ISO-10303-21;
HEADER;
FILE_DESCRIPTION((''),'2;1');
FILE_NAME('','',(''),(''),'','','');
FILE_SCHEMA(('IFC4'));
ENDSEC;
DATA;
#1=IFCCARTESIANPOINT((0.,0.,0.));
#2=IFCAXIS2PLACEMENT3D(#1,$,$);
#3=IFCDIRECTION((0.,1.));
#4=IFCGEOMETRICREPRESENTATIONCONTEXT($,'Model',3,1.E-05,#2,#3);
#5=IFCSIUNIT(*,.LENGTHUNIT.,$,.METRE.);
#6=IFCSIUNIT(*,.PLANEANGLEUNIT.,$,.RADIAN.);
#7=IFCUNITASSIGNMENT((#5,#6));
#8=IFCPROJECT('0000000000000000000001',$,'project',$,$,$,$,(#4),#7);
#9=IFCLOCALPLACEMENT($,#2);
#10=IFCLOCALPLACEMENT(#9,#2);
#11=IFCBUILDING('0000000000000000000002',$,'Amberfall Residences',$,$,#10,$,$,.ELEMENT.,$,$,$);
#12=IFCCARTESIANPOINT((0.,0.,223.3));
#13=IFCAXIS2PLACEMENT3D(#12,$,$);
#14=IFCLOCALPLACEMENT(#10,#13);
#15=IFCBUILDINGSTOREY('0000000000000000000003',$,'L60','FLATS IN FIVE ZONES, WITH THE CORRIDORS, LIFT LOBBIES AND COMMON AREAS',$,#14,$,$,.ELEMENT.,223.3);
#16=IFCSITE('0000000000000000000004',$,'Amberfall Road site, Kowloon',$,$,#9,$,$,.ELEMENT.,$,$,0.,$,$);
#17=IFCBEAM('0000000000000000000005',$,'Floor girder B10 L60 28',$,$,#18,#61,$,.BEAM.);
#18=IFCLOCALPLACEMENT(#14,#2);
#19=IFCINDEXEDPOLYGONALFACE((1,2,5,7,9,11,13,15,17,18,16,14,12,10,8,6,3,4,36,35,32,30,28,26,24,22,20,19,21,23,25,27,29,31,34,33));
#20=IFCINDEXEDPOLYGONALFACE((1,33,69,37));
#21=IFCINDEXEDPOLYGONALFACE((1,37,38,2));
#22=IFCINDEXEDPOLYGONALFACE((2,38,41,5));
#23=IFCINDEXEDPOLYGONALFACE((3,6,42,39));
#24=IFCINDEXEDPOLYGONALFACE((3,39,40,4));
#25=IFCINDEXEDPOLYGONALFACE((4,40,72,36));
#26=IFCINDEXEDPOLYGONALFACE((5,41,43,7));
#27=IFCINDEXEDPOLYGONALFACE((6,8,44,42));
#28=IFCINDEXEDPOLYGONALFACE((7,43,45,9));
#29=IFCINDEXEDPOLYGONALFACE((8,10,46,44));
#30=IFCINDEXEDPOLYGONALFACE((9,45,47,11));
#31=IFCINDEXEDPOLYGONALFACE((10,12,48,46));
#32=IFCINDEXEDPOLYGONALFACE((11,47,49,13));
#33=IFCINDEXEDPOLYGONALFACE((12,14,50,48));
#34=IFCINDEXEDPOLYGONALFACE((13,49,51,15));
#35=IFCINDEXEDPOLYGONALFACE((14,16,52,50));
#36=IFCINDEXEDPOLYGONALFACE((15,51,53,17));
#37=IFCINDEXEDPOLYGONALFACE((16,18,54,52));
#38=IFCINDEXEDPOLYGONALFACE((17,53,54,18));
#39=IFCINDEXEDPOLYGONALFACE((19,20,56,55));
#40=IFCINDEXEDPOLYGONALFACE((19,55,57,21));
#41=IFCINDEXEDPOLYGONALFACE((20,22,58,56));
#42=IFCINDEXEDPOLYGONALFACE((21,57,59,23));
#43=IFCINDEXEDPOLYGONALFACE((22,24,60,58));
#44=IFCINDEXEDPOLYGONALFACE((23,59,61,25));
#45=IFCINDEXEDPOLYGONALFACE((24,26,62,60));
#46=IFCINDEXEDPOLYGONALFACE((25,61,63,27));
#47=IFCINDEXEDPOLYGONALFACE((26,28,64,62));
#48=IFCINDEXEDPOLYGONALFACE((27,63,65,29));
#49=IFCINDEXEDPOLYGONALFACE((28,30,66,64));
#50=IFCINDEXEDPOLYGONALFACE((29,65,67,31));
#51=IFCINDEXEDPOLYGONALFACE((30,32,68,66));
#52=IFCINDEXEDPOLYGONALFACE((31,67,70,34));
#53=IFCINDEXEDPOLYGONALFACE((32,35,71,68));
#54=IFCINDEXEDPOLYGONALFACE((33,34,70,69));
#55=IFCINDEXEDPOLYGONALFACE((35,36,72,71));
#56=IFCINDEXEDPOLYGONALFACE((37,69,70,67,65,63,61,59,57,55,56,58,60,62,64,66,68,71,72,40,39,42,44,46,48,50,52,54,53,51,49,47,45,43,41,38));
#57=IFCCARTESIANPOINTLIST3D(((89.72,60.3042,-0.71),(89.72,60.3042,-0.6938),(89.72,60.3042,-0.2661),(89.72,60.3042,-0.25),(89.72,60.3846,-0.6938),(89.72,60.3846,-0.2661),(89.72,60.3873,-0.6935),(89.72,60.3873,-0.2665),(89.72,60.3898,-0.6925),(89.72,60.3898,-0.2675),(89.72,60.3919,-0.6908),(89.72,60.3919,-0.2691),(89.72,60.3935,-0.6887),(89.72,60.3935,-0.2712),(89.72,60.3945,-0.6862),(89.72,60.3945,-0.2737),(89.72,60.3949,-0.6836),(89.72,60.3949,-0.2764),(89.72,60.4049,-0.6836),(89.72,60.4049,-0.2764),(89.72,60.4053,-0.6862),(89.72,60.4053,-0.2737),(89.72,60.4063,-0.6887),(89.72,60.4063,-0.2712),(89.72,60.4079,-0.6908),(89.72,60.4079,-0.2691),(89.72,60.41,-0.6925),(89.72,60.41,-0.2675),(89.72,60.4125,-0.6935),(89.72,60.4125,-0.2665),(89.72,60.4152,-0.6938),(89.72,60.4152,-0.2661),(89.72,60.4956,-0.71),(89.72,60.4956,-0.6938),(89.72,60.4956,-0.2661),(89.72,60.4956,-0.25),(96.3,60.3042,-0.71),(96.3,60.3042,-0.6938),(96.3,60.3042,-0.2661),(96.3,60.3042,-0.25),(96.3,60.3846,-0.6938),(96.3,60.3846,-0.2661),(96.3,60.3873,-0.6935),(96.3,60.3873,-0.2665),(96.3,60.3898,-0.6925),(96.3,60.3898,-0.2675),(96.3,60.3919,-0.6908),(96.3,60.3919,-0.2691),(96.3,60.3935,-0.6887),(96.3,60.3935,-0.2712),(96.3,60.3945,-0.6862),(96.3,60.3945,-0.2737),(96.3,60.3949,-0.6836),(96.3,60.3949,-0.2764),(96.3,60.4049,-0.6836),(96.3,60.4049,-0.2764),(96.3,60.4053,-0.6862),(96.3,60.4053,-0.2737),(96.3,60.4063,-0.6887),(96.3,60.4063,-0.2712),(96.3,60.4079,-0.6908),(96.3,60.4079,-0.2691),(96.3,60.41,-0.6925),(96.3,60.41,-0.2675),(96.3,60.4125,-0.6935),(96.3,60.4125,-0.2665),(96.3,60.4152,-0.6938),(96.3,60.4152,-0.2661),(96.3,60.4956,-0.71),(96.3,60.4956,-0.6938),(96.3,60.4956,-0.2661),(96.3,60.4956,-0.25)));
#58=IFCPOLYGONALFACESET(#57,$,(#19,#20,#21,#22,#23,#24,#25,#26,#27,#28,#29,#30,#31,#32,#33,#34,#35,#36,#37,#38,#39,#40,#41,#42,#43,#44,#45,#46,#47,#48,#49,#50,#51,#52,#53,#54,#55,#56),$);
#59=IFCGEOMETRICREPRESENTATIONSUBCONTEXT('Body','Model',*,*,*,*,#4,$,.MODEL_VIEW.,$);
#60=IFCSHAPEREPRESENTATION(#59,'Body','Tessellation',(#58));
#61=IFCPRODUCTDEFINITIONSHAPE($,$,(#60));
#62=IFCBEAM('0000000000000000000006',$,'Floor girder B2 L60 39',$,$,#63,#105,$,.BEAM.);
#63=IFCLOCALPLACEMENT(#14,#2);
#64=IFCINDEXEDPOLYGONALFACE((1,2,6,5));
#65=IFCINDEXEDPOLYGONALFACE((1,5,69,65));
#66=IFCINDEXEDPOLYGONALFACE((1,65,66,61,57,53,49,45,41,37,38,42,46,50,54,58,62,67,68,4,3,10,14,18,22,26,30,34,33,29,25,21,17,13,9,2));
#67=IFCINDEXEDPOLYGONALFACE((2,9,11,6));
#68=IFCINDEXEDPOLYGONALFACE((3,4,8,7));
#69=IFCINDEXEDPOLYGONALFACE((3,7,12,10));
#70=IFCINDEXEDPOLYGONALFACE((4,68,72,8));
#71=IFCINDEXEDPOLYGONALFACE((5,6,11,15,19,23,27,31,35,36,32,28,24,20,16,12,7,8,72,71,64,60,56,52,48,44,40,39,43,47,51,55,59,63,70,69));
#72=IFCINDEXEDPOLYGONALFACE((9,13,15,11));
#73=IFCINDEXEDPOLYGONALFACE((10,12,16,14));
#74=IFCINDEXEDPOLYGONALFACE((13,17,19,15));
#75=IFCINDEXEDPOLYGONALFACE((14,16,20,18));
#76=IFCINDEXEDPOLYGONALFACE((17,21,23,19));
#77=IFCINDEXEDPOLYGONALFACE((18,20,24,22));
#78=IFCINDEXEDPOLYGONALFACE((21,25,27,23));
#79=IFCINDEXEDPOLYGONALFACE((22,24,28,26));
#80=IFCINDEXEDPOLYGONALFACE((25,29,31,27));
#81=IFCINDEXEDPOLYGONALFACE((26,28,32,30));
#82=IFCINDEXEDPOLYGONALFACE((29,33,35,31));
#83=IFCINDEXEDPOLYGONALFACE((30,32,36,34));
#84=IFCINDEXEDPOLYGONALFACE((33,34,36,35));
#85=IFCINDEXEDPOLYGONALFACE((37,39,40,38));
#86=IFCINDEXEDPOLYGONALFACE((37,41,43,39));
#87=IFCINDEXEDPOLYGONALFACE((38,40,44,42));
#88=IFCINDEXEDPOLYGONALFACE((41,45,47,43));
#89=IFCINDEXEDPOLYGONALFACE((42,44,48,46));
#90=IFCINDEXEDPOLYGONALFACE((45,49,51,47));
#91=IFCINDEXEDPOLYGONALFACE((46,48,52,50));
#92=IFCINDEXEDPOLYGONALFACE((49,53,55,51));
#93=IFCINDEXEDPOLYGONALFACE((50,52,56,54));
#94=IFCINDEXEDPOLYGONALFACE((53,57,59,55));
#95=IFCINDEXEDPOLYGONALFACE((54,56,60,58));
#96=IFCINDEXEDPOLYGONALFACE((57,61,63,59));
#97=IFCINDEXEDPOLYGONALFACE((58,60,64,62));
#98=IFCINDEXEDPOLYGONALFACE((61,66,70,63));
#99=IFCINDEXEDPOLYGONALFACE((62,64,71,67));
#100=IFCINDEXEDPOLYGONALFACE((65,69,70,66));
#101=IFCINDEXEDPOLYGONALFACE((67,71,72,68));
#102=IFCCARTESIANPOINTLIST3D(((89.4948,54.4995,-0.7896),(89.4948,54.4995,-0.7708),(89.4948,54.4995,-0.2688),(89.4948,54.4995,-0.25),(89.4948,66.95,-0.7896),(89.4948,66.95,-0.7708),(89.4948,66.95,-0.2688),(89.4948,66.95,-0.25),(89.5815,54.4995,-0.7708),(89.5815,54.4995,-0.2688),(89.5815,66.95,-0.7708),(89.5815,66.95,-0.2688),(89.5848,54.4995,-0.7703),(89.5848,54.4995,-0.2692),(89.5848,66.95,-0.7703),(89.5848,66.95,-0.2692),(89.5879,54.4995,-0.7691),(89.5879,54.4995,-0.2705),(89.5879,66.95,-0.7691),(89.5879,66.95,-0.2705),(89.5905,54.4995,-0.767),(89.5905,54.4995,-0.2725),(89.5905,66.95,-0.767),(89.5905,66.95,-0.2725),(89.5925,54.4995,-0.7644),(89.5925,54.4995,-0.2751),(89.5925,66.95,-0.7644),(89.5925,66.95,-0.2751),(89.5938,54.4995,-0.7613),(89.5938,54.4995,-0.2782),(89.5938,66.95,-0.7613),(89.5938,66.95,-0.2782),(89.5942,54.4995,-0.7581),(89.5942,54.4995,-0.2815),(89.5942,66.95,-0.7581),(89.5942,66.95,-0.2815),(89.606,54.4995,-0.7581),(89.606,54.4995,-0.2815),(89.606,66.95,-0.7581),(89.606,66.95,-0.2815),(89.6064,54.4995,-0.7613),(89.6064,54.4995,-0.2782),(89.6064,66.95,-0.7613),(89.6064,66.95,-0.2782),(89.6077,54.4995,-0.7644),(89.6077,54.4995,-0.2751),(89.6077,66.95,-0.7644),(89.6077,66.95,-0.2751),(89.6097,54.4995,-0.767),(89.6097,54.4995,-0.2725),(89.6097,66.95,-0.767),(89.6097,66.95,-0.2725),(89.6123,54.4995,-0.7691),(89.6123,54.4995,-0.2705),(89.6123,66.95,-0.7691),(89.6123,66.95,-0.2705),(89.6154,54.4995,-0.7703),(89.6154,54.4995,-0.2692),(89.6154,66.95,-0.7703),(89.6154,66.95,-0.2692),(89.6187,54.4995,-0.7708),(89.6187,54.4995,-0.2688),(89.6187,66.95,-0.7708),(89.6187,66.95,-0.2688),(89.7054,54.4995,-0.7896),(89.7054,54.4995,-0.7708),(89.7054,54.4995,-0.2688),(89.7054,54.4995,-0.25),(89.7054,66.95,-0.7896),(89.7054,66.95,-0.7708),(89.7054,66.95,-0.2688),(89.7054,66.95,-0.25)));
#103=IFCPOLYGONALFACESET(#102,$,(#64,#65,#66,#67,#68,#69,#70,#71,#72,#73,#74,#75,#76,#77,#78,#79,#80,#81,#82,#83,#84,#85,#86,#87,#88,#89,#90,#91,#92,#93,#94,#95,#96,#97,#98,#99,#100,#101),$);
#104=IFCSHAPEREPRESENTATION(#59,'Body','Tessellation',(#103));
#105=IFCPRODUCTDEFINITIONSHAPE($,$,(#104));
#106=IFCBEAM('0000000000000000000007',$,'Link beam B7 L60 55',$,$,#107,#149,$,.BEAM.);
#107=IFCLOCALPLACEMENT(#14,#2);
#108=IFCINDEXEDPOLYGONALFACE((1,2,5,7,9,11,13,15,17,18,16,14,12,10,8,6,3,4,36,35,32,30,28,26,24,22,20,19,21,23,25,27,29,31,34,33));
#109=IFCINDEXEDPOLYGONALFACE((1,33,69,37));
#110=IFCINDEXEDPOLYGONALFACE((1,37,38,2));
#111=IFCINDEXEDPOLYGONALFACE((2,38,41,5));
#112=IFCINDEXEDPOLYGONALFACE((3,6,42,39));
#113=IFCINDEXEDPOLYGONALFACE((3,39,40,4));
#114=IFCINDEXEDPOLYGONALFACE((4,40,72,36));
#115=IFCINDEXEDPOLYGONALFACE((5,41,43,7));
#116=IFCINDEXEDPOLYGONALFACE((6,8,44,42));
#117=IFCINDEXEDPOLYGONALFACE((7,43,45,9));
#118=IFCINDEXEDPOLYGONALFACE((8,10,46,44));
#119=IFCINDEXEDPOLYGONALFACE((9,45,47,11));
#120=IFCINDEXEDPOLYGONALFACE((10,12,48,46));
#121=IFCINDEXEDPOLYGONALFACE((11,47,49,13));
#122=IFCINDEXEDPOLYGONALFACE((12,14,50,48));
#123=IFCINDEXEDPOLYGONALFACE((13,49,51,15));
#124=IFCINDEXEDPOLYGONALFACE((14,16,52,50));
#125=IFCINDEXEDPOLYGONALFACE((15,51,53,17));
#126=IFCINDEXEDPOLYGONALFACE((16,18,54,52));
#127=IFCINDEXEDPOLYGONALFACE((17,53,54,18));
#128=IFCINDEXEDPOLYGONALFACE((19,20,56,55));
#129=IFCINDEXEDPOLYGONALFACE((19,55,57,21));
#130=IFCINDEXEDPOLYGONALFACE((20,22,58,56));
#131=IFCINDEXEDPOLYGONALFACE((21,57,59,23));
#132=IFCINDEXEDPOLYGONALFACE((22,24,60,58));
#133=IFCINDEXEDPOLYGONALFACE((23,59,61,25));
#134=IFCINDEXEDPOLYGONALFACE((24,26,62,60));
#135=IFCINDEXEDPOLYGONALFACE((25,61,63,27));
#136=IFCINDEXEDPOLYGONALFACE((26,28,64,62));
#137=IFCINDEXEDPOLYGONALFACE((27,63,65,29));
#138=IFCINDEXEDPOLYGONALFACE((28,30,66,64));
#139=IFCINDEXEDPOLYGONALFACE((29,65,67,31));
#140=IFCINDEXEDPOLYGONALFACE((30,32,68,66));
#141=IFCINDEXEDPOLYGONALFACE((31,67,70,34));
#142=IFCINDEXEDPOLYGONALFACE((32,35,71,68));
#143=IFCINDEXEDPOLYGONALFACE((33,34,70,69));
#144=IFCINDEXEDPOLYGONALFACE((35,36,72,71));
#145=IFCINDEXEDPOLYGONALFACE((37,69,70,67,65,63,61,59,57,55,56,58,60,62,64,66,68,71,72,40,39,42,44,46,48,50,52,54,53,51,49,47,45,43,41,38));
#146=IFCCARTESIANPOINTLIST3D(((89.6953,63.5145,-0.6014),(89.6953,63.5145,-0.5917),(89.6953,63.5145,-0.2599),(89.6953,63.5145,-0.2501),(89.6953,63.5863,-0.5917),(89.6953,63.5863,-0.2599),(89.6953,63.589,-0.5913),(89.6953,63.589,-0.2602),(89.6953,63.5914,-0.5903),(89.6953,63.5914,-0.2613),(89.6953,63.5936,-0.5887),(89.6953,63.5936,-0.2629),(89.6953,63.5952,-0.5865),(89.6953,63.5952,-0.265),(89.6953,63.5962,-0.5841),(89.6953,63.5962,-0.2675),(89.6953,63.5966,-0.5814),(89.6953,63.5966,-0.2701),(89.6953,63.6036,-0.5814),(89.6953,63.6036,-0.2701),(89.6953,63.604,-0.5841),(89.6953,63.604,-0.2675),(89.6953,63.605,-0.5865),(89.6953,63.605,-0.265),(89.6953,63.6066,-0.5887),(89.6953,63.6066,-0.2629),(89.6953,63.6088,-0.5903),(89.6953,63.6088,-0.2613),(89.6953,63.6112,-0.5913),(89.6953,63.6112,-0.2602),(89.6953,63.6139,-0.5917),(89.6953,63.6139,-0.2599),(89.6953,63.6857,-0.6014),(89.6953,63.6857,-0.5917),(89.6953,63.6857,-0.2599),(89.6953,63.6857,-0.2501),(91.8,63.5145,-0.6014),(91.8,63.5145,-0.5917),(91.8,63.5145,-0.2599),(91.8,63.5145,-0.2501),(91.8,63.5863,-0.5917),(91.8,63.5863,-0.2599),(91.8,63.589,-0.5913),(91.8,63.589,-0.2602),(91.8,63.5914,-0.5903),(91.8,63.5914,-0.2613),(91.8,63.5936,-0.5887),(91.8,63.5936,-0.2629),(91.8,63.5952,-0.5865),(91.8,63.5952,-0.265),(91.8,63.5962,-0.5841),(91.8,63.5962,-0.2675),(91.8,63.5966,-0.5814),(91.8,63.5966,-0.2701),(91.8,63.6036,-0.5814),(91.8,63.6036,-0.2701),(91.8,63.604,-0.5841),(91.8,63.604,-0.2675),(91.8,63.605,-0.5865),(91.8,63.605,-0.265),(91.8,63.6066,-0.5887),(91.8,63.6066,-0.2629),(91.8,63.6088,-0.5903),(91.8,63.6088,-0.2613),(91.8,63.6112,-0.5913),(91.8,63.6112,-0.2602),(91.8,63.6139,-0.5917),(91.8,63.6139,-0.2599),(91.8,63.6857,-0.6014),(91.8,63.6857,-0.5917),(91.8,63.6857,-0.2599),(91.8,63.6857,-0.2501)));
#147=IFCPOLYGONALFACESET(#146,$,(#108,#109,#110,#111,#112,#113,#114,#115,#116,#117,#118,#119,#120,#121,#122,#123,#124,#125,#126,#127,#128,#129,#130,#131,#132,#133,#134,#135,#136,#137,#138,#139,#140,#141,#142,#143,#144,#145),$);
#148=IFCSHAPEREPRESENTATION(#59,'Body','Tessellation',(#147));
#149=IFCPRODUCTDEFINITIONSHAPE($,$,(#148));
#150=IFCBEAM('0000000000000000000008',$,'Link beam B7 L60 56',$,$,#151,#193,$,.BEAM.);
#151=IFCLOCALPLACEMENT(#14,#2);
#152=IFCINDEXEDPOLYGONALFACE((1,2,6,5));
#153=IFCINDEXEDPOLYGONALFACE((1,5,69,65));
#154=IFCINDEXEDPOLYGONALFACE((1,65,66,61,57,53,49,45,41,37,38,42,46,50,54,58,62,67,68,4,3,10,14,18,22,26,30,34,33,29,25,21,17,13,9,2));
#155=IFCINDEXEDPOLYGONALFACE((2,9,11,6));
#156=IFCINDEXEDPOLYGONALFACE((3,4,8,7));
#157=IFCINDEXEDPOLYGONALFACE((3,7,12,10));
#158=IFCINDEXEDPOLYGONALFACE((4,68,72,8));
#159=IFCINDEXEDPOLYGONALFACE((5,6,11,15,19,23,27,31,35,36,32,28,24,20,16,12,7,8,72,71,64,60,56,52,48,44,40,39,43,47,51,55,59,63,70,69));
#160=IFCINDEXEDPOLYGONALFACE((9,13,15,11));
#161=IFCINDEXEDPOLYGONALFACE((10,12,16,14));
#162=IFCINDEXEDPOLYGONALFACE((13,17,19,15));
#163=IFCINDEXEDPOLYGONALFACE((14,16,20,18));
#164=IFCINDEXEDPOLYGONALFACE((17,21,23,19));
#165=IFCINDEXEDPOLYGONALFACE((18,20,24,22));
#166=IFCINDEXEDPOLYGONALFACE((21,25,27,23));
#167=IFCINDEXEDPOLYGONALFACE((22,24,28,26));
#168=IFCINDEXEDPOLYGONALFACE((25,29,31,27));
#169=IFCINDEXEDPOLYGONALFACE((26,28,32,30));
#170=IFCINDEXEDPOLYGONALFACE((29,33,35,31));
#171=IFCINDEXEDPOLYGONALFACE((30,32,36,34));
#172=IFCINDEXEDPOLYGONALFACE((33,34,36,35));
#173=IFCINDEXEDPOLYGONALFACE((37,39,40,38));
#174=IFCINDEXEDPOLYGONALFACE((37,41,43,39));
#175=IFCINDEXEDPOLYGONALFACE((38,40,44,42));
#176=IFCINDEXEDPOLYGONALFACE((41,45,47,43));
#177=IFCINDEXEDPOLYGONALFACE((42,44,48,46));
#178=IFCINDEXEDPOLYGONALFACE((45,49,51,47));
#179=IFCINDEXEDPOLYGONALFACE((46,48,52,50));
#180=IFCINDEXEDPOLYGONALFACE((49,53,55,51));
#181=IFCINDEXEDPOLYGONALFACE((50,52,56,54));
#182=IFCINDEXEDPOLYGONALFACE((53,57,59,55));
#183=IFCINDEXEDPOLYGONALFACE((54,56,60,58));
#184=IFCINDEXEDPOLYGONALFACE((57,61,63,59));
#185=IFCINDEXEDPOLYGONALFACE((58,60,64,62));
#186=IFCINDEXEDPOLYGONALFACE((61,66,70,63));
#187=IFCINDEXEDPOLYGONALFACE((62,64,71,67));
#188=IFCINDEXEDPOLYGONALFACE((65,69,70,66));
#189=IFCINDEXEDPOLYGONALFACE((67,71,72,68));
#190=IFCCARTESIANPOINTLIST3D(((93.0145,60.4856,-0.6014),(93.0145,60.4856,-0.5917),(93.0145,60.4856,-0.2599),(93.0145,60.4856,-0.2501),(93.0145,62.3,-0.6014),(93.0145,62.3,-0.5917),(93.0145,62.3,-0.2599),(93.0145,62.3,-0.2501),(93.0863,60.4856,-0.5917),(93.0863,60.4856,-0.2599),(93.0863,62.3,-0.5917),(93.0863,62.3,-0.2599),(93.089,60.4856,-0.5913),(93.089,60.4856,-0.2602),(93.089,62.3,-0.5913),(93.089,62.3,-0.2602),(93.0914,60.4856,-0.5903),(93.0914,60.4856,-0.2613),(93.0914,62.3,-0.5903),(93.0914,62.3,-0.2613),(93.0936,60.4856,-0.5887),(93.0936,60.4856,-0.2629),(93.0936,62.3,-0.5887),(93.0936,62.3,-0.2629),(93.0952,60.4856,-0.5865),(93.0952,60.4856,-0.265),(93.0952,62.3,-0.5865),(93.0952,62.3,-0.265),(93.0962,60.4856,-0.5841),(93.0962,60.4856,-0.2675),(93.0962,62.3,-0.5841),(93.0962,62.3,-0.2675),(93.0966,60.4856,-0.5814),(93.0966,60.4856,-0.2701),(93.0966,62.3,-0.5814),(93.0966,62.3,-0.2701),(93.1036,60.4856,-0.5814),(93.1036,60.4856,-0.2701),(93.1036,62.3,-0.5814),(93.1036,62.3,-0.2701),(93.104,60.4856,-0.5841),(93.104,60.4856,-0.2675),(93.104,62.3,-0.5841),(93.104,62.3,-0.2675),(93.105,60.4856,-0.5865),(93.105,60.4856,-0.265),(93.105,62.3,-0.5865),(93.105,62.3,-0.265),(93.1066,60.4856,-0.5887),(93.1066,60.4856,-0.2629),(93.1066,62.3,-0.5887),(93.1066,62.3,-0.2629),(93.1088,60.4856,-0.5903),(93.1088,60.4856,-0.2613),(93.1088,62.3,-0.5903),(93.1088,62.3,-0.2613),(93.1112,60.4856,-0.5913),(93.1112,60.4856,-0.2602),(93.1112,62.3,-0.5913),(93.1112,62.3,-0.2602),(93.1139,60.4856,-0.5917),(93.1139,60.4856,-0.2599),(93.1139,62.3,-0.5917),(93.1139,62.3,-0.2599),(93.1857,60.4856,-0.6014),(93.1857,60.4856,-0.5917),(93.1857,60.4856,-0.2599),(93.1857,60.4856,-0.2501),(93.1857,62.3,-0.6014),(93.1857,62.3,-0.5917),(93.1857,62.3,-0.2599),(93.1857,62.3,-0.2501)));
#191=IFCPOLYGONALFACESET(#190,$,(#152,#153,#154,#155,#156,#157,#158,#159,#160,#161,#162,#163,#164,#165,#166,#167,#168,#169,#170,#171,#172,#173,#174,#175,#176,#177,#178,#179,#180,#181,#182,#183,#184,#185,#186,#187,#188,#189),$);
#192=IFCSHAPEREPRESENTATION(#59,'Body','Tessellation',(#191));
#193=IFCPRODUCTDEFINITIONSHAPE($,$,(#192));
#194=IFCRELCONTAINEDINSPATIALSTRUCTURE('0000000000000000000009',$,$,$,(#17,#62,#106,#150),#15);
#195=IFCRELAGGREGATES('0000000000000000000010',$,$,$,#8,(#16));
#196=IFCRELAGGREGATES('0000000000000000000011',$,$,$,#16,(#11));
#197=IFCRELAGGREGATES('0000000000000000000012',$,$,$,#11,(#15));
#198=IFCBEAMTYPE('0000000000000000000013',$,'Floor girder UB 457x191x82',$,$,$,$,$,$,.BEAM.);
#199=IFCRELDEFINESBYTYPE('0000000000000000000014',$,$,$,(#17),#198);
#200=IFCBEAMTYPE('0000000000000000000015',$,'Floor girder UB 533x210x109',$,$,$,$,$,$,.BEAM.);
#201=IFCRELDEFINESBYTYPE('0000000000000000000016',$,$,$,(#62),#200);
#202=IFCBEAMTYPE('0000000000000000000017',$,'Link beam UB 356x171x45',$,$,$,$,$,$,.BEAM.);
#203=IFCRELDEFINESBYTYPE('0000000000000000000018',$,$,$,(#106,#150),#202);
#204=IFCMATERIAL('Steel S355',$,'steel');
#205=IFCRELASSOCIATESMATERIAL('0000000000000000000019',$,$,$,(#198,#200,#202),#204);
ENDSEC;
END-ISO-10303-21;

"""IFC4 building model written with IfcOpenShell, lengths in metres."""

from ifc_helpers import new_model, si_unit, direction, frame, origin, origin_2d, place, context, subcontext, project, spatial, i_section, extrude, material, material_profile, profile_set, type_object, element, save


model = new_model("IFC4")

# Units and contexts
model_context = context("Model", 3, precision=1e-05, world=origin(), true_north=direction((0.0, 1.0)))
body_context = subcontext(model_context, "Body", "Model", "MODEL_VIEW")
ifc_project = project(units=[si_unit("LENGTHUNIT", "METRE"), si_unit("PLANEANGLEUNIT", "RADIAN")], contexts=[model_context])

# Site, building, storey
site_placement = place(None, origin())
site = spatial("IfcSite", under=ifc_project, at=site_placement, Name="Amberfall Road site, Kowloon", CompositionType="ELEMENT", RefElevation=0.0)
building_placement = place(site_placement, origin())
building = spatial("IfcBuilding", under=site, at=building_placement, Name="Amberfall Residences", CompositionType="ELEMENT")
storey_placement = place(building_placement, frame((0.0, 0.0, 223.3)))
storey = spatial("IfcBuildingStorey", under=building, at=storey_placement, Name="L60", Description="FLATS IN FIVE ZONES, WITH THE CORRIDORS, LIFT LOBBIES AND COMMON AREAS", CompositionType="ELEMENT", Elevation=223.3)

# Shared definitions
ifc_material_1 = material(Name="Steel S355", Category="steel")

# Beams
ifc_material_profile_1 = material_profile(ifc_material_1, i_section(OverallWidth=0.1914, OverallDepth=0.46, WebThickness=0.01, FlangeThickness=0.0161, FilletRadius=0.0103, at=origin_2d()), Name="UB 457x191x82")
ifc_profile_set_1 = profile_set([ifc_material_profile_1], Name="Steel S355")
beam_type_1 = type_object("IfcBeamType", Name="Floor girder UB 457x191x82", PredefinedType="BEAM", material=ifc_profile_set_1)
beam_1_placement = place(storey_placement, frame((96.3, 60.3999, -0.48), z_axis=(-1.0, 0.0, 0.0), x_axis=(0.0, -1.0, 0.0)))
element("IfcBeam", 1, at=beam_1_placement, inside=storey, type_object=beam_type_1, Name="Floor girder B10 L60 28", PredefinedType="BEAM", context=body_context, shape_type="SweptSolid", body=[
    extrude(i_section(OverallWidth=0.1914, OverallDepth=0.46, WebThickness=0.01, FlangeThickness=0.0161, FilletRadius=0.0103, at=origin_2d()), origin(), (0.0, 0.0, 1.0), 6.5801),
])
ifc_material_profile_2 = material_profile(ifc_material_1, i_section(OverallWidth=0.2107, OverallDepth=0.5396, WebThickness=0.0117, FlangeThickness=0.0188, FilletRadius=0.0127, at=origin_2d()), Name="UB 533x210x109")
ifc_profile_set_2 = profile_set([ifc_material_profile_2], Name="Steel S355")
beam_type_2 = type_object("IfcBeamType", Name="Floor girder UB 533x210x109", PredefinedType="BEAM", material=ifc_profile_set_2)
beam_2_placement = place(storey_placement, frame((89.6001, 66.95, -0.5198), z_axis=(0.0, -1.0, 0.0), x_axis=(1.0, 0.0, 0.0)))
element("IfcBeam", 2, at=beam_2_placement, inside=storey, type_object=beam_type_2, Name="Floor girder B2 L60 39", PredefinedType="BEAM", context=body_context, shape_type="SweptSolid", body=[
    extrude(i_section(OverallWidth=0.2107, OverallDepth=0.5396, WebThickness=0.0117, FlangeThickness=0.0188, FilletRadius=0.0127, at=origin_2d()), origin(), (0.0, 0.0, 1.0), 12.4504),
])
ifc_material_profile_3 = material_profile(ifc_material_1, i_section(OverallWidth=0.1711, OverallDepth=0.3513, WebThickness=0.0071, FlangeThickness=0.0098, FilletRadius=0.0103, at=origin_2d()), Name="UB 356x171x45")
ifc_profile_set_3 = profile_set([ifc_material_profile_3], Name="Steel S355")
beam_type_3 = type_object("IfcBeamType", Name="Link beam UB 356x171x45", PredefinedType="BEAM", material=ifc_profile_set_3)
beam_3_placement = place(storey_placement, frame((91.8, 63.6001, -0.4258), z_axis=(-1.0, 0.0, 0.0), x_axis=(0.0, -1.0, 0.0)))
element("IfcBeam", 3, at=beam_3_placement, inside=storey, type_object=beam_type_3, Name="Link beam B7 L60 55", PredefinedType="BEAM", context=body_context, shape_type="SweptSolid", body=[
    extrude(i_section(OverallWidth=0.1711, OverallDepth=0.3513, WebThickness=0.0071, FlangeThickness=0.0098, FilletRadius=0.0103, at=origin_2d()), origin(), (0.0, 0.0, 1.0), 2.1047),
])
beam_4_placement = place(storey_placement, frame((93.1001, 62.3, -0.4258), z_axis=(0.0, -1.0, 0.0), x_axis=(1.0, 0.0, 0.0)))
element("IfcBeam", 4, at=beam_4_placement, inside=storey, type_object=beam_type_3, Name="Link beam B7 L60 56", PredefinedType="BEAM", context=body_context, shape_type="SweptSolid", body=[
    extrude(i_section(OverallWidth=0.1711, OverallDepth=0.3513, WebThickness=0.0071, FlangeThickness=0.0098, FilletRadius=0.0103, at=origin_2d()), origin(), (0.0, 0.0, 1.0), 1.8145),
])

save(model, "model.ifc")
